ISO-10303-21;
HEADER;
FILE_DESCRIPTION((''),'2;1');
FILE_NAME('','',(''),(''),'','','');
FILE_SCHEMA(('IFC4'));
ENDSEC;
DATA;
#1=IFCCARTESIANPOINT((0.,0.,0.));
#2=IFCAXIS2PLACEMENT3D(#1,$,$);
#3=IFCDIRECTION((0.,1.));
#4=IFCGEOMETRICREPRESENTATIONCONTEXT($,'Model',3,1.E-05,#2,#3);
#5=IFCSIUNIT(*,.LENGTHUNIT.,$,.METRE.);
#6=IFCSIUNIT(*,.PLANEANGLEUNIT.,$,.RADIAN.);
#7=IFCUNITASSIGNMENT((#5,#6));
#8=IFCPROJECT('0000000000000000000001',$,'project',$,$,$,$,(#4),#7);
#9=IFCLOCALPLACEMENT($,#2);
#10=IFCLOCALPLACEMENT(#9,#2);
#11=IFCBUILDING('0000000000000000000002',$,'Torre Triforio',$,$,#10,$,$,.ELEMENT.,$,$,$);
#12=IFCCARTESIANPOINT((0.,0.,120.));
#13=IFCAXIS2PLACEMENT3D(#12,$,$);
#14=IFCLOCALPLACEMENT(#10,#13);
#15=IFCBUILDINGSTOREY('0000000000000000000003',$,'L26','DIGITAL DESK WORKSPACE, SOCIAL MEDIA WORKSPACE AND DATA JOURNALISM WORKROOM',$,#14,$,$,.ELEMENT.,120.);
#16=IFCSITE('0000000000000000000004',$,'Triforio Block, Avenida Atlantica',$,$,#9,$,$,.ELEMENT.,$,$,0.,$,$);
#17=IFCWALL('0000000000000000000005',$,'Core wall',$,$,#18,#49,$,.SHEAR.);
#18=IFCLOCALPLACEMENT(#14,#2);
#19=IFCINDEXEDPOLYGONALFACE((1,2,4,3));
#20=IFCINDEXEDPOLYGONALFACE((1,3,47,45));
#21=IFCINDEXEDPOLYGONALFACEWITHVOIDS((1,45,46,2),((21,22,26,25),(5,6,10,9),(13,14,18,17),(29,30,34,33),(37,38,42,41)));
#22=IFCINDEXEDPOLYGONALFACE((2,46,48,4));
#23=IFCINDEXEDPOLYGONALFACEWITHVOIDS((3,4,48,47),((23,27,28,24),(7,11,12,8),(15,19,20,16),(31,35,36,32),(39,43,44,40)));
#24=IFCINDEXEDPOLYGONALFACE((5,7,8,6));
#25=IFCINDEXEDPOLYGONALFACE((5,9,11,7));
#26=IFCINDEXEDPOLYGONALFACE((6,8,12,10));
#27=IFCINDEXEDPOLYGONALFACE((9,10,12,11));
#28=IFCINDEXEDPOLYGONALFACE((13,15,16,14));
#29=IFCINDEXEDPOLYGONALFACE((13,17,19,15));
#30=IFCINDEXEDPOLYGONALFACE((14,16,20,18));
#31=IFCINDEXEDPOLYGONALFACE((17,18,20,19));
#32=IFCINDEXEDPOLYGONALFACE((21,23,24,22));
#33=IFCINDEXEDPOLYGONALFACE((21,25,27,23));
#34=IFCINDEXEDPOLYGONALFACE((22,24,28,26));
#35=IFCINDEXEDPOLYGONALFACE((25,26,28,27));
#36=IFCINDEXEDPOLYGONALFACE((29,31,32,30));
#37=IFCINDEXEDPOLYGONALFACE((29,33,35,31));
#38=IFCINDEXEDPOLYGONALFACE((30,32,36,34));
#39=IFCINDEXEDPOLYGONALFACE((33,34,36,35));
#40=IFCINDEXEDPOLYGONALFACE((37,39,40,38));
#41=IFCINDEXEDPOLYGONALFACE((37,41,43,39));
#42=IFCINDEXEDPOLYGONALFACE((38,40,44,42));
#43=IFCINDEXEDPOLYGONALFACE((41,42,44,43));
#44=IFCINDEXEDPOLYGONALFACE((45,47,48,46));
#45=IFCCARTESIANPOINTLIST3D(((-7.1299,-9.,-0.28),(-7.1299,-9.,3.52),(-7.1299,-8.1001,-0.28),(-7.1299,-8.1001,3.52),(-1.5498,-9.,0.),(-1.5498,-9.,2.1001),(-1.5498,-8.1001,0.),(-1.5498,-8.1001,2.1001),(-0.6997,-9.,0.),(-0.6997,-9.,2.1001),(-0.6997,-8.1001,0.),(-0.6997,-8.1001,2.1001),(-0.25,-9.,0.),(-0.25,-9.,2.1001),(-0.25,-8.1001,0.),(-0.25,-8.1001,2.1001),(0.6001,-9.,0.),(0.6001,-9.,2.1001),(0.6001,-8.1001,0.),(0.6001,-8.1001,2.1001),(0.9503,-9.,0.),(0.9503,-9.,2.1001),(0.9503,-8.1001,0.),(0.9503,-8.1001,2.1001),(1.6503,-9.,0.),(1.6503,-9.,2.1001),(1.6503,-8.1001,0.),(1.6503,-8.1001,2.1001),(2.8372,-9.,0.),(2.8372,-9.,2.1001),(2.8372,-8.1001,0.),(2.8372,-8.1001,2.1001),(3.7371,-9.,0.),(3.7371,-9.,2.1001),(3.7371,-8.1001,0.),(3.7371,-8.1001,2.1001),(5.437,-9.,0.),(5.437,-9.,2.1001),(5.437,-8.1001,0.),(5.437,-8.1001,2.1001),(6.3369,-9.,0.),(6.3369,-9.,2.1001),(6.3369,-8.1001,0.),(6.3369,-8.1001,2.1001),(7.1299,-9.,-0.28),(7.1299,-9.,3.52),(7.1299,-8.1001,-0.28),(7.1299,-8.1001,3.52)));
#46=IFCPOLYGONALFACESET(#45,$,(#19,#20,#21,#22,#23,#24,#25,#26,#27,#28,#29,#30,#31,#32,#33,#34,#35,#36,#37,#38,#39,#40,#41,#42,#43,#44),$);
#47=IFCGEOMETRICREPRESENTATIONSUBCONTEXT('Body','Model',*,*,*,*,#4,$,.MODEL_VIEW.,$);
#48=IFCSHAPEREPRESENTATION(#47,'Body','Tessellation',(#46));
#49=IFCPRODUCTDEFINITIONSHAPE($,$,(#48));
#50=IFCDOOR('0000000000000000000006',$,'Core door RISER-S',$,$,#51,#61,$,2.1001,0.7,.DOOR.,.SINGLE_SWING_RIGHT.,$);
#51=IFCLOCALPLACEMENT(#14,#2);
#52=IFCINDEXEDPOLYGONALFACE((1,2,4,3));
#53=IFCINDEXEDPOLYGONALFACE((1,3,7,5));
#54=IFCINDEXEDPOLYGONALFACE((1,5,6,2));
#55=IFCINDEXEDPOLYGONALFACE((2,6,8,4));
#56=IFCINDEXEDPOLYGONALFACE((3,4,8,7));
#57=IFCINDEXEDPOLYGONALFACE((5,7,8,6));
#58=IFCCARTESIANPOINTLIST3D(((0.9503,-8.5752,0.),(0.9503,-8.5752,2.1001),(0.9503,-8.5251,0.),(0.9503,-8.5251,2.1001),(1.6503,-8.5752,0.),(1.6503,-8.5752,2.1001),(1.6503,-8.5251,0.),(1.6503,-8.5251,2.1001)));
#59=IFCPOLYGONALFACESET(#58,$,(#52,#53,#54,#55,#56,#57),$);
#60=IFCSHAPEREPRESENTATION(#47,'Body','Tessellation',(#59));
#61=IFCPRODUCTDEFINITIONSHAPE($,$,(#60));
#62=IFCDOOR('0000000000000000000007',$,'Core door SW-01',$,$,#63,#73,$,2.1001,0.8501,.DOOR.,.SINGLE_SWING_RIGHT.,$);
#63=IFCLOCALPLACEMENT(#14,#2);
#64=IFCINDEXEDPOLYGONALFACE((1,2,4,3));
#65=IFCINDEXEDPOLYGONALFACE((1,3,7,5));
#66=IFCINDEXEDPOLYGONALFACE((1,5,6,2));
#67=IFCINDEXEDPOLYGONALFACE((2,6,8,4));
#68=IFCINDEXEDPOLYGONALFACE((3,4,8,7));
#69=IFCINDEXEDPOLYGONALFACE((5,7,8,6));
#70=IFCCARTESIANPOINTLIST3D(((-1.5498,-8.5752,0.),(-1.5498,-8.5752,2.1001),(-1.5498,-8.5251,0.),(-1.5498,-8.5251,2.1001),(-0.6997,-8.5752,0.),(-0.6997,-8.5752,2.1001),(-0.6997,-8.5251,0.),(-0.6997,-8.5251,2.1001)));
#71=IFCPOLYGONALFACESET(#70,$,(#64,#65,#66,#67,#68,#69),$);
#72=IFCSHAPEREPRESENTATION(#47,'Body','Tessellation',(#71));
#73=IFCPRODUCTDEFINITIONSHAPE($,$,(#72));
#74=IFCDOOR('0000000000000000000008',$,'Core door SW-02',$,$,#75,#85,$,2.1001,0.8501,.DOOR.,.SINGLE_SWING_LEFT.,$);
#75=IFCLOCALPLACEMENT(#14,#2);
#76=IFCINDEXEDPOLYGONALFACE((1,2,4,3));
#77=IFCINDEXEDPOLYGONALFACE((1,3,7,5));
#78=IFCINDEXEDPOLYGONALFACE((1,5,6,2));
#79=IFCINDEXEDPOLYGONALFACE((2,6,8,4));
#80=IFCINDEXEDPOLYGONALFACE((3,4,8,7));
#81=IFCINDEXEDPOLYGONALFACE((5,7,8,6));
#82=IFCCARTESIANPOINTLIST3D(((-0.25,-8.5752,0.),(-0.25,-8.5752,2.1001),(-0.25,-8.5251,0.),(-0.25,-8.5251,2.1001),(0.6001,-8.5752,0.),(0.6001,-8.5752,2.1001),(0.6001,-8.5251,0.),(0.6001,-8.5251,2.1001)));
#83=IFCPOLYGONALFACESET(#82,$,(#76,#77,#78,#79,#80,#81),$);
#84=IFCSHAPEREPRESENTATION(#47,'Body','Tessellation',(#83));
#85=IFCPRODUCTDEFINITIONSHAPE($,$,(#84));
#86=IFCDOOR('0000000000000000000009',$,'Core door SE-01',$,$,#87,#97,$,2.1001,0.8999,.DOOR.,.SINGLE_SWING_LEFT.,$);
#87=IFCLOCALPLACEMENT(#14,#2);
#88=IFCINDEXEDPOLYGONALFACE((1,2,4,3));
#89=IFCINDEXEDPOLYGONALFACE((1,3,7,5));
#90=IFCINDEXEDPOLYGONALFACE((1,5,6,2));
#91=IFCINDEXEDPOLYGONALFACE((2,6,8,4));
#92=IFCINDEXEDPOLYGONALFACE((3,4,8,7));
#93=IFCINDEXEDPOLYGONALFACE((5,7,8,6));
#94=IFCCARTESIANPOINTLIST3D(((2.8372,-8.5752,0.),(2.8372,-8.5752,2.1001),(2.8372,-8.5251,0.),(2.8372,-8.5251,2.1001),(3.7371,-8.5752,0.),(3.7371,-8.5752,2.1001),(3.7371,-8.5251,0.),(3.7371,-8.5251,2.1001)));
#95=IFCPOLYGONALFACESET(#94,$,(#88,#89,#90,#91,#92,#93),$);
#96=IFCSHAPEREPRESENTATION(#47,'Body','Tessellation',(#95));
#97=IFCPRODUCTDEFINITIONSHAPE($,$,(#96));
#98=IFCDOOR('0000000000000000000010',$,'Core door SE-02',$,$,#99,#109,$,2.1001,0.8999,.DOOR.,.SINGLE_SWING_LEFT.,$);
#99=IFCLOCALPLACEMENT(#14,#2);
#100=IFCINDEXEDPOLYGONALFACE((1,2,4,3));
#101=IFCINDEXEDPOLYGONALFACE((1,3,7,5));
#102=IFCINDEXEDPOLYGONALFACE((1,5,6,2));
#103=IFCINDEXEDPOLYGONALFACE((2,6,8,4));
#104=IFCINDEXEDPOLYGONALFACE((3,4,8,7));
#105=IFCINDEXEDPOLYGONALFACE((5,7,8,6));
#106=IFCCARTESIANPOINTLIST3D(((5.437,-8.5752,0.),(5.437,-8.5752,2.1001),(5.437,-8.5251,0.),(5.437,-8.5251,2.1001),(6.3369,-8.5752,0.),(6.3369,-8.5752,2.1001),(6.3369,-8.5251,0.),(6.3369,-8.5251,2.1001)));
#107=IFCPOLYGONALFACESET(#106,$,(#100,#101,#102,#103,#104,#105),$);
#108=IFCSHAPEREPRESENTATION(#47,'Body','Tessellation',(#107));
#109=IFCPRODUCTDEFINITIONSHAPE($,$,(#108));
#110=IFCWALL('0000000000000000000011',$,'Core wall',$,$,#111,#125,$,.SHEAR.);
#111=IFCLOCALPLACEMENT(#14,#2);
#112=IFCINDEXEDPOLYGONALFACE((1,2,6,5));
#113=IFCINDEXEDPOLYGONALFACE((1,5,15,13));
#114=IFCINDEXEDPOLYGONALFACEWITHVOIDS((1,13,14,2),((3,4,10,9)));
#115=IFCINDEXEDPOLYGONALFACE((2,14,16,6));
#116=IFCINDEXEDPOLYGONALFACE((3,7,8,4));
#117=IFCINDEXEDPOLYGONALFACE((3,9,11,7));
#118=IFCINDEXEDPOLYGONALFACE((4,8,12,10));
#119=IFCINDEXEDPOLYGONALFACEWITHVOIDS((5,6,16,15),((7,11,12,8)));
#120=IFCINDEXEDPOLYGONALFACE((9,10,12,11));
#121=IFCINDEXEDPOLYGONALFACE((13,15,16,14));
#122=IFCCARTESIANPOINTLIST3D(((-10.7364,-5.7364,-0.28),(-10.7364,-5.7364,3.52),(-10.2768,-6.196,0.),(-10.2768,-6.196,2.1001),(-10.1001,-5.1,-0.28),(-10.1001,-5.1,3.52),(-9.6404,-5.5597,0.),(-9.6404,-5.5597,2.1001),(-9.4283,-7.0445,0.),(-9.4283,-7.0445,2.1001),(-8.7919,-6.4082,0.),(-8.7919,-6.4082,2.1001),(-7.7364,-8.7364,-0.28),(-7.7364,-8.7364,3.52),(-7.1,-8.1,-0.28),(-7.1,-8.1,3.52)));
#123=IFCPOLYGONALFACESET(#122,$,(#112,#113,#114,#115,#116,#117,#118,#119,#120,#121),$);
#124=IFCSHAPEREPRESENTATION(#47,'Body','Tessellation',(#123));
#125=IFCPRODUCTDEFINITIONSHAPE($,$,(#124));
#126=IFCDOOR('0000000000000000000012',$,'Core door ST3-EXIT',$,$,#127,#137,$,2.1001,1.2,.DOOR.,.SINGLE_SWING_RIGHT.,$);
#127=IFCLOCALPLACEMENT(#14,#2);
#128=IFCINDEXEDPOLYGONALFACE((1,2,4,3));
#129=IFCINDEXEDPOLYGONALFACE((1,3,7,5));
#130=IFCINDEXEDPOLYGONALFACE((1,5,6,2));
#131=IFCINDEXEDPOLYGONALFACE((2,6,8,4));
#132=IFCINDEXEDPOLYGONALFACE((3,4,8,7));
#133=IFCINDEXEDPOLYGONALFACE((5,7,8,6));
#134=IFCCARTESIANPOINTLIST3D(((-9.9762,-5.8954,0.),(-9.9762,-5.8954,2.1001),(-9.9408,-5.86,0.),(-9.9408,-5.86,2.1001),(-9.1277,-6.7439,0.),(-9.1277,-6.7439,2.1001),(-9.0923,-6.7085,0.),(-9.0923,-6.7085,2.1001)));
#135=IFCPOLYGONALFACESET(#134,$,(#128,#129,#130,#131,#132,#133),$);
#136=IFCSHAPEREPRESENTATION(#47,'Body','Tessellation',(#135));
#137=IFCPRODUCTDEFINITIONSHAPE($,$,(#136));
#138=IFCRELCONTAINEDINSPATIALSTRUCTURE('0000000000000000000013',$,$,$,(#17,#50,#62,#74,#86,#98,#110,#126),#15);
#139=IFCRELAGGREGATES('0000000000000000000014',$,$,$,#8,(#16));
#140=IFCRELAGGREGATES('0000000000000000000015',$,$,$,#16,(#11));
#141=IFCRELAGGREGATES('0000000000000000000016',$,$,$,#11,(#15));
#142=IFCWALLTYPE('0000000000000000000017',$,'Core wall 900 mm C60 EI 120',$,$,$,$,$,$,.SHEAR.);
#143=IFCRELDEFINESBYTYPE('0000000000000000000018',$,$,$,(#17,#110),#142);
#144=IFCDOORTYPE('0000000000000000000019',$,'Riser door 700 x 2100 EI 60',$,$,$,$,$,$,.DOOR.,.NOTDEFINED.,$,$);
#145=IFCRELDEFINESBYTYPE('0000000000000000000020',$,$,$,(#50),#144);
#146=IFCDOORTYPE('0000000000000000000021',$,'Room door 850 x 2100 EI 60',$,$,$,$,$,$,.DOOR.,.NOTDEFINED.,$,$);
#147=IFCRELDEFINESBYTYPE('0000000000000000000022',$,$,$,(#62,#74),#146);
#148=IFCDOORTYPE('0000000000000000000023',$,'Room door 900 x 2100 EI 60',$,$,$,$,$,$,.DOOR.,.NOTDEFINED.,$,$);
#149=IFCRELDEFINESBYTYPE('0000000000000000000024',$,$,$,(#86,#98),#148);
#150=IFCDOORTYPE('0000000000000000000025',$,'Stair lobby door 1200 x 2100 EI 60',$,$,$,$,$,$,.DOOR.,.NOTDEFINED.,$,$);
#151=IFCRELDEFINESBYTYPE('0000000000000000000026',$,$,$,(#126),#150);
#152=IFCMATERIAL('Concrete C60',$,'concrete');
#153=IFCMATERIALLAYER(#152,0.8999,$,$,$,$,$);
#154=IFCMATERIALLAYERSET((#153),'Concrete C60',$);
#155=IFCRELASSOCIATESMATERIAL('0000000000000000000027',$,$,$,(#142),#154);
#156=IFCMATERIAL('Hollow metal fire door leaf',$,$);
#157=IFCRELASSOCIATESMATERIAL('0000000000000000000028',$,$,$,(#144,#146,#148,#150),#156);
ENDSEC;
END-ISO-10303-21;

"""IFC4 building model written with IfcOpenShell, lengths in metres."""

from ifc_helpers import new_model, si_unit, direction, frame, frame_2d, origin, place, context, subcontext, project, spatial, rectangle, extrude, material, layer, layer_set, type_object, element, fill, save


model = new_model("IFC4")

# Units and contexts
model_context = context("Model", 3, precision=1e-05, world=origin(), true_north=direction((0.0, 1.0)))
body_context = subcontext(model_context, "Body", "Model", "MODEL_VIEW")
ifc_project = project(units=[si_unit("LENGTHUNIT", "METRE"), si_unit("PLANEANGLEUNIT", "RADIAN")], contexts=[model_context])

# Site, building, storey
site_placement = place(None, origin())
site = spatial("IfcSite", under=ifc_project, at=site_placement, Name="Triforio Block, Avenida Atlantica", CompositionType="ELEMENT", RefElevation=0.0)
building_placement = place(site_placement, origin())
building = spatial("IfcBuilding", under=site, at=building_placement, Name="Torre Triforio", CompositionType="ELEMENT")
storey_placement = place(building_placement, frame((0.0, 0.0, 120.0)))
storey = spatial("IfcBuildingStorey", under=building, at=storey_placement, Name="L26", Description="DIGITAL DESK WORKSPACE, SOCIAL MEDIA WORKSPACE AND DATA JOURNALISM WORKROOM", CompositionType="ELEMENT", Elevation=120.0)

# Shared definitions
ifc_material_1 = material(Name="Concrete C60", Category="concrete")

# Wall, openings, doors
ifc_layer_1 = layer(ifc_material_1, 0.8999)
ifc_layer_set_1 = layer_set([ifc_layer_1], Name="Concrete C60")
wall_type_1 = type_object("IfcWallType", Name="Core wall 900 mm C60 EI 120", PredefinedType="SHEAR", material=ifc_layer_set_1)
wall_1_placement = place(storey_placement, frame((-7.1299, -8.55, -0.28), z_axis=(0.0, 0.0, 1.0), x_axis=(1.0, 0.0, 0.0)))
wall_1 = element("IfcWall", 1, at=wall_1_placement, inside=storey, type_object=wall_type_1, Name="Core wall", PredefinedType="SHEAR", context=body_context, shape_type="SweptSolid", body=[
    extrude(rectangle(XDim=14.2598, YDim=0.8999, at=frame_2d((7.1299, 0.0))), origin(), (0.0, 0.0, 1.0), 3.8),
])
opening_1_placement = place(wall_1_placement, frame((8.0801, 0.0, 0.28)))
opening_1 = element("IfcOpeningElement", 2, at=opening_1_placement, cuts=wall_1, PredefinedType="OPENING", context=body_context, shape_type="SweptSolid", body=[
    extrude(rectangle(XDim=0.7, YDim=2.1001, at=frame_2d((0.3501, 1.05))), frame((0.0, 0.46, 0.0), z_axis=(0.0, -1.0, 0.0), x_axis=(1.0, 0.0, 0.0)), (0.0, 0.0, 1.0), 0.9199),
])
opening_2_placement = place(wall_1_placement, frame((5.5801, 0.0, 0.28)))
opening_2 = element("IfcOpeningElement", 3, at=opening_2_placement, cuts=wall_1, PredefinedType="OPENING", context=body_context, shape_type="SweptSolid", body=[
    extrude(rectangle(XDim=0.8501, YDim=2.1001, at=frame_2d((0.425, 1.05))), frame((0.0, 0.46, 0.0), z_axis=(0.0, -1.0, 0.0), x_axis=(1.0, 0.0, 0.0)), (0.0, 0.0, 1.0), 0.9199),
])
opening_3_placement = place(wall_1_placement, frame((6.8799, 0.0, 0.28)))
opening_3 = element("IfcOpeningElement", 4, at=opening_3_placement, cuts=wall_1, PredefinedType="OPENING", context=body_context, shape_type="SweptSolid", body=[
    extrude(rectangle(XDim=0.8501, YDim=2.1001, at=frame_2d((0.425, 1.05))), frame((0.0, 0.46, 0.0), z_axis=(0.0, -1.0, 0.0), x_axis=(1.0, 0.0, 0.0)), (0.0, 0.0, 1.0), 0.9199),
])
opening_4_placement = place(wall_1_placement, frame((9.967, 0.0, 0.28)))
opening_4 = element("IfcOpeningElement", 5, at=opening_4_placement, cuts=wall_1, PredefinedType="OPENING", context=body_context, shape_type="SweptSolid", body=[
    extrude(rectangle(XDim=0.8999, YDim=2.1001, at=frame_2d((0.45, 1.05))), frame((0.0, 0.46, 0.0), z_axis=(0.0, -1.0, 0.0), x_axis=(1.0, 0.0, 0.0)), (0.0, 0.0, 1.0), 0.9199),
])
opening_5_placement = place(wall_1_placement, frame((12.5669, 0.0, 0.28)))
opening_5 = element("IfcOpeningElement", 6, at=opening_5_placement, cuts=wall_1, PredefinedType="OPENING", context=body_context, shape_type="SweptSolid", body=[
    extrude(rectangle(XDim=0.8999, YDim=2.1001, at=frame_2d((0.45, 1.05))), frame((0.0, 0.46, 0.0), z_axis=(0.0, -1.0, 0.0), x_axis=(1.0, 0.0, 0.0)), (0.0, 0.0, 1.0), 0.9199),
])
ifc_material_2 = material(Name="Hollow metal fire door leaf")
door_type_1 = type_object("IfcDoorType", Name="Riser door 700 x 2100 EI 60", OperationType="NOTDEFINED", PredefinedType="DOOR", material=ifc_material_2)
door_1_placement = place(opening_1_placement, origin())
door_1 = element("IfcDoor", 7, at=door_1_placement, inside=storey, type_object=door_type_1, Name="Core door RISER-S", OperationType="SINGLE_SWING_RIGHT", OverallHeight=2.1001, OverallWidth=0.7, PredefinedType="DOOR", context=body_context, shape_type="SweptSolid", body=[
    extrude(rectangle(XDim=0.7, YDim=2.1001, at=frame_2d((0.3501, 1.05))), frame((0.0, 0.0249, 0.0), z_axis=(0.0, -1.0, 0.0), x_axis=(1.0, 0.0, 0.0)), (0.0, 0.0, 1.0), 0.05),
])
fill(opening_1, door_1)
door_type_2 = type_object("IfcDoorType", Name="Room door 850 x 2100 EI 60", OperationType="NOTDEFINED", PredefinedType="DOOR", material=ifc_material_2)
door_2_placement = place(opening_2_placement, origin())
door_2 = element("IfcDoor", 8, at=door_2_placement, inside=storey, type_object=door_type_2, Name="Core door SW-01", OperationType="SINGLE_SWING_RIGHT", OverallHeight=2.1001, OverallWidth=0.8501, PredefinedType="DOOR", context=body_context, shape_type="SweptSolid", body=[
    extrude(rectangle(XDim=0.8501, YDim=2.1001, at=frame_2d((0.425, 1.05))), frame((0.0, 0.0249, 0.0), z_axis=(0.0, -1.0, 0.0), x_axis=(1.0, 0.0, 0.0)), (0.0, 0.0, 1.0), 0.05),
])
fill(opening_2, door_2)
door_3_placement = place(opening_3_placement, origin())
door_3 = element("IfcDoor", 9, at=door_3_placement, inside=storey, type_object=door_type_2, Name="Core door SW-02", OperationType="SINGLE_SWING_LEFT", OverallHeight=2.1001, OverallWidth=0.8501, PredefinedType="DOOR", context=body_context, shape_type="SweptSolid", body=[
    extrude(rectangle(XDim=0.8501, YDim=2.1001, at=frame_2d((0.425, 1.05))), frame((0.0, 0.0249, 0.0), z_axis=(0.0, -1.0, 0.0), x_axis=(1.0, 0.0, 0.0)), (0.0, 0.0, 1.0), 0.05),
])
fill(opening_3, door_3)
door_type_3 = type_object("IfcDoorType", Name="Room door 900 x 2100 EI 60", OperationType="NOTDEFINED", PredefinedType="DOOR", material=ifc_material_2)
door_4_placement = place(opening_4_placement, origin())
door_4 = element("IfcDoor", 10, at=door_4_placement, inside=storey, type_object=door_type_3, Name="Core door SE-01", OperationType="SINGLE_SWING_LEFT", OverallHeight=2.1001, OverallWidth=0.8999, PredefinedType="DOOR", context=body_context, shape_type="SweptSolid", body=[
    extrude(rectangle(XDim=0.8999, YDim=2.1001, at=frame_2d((0.45, 1.05))), frame((0.0, 0.0249, 0.0), z_axis=(0.0, -1.0, 0.0), x_axis=(1.0, 0.0, 0.0)), (0.0, 0.0, 1.0), 0.05),
])
fill(opening_4, door_4)
door_5_placement = place(opening_5_placement, origin())
door_5 = element("IfcDoor", 11, at=door_5_placement, inside=storey, type_object=door_type_3, Name="Core door SE-02", OperationType="SINGLE_SWING_LEFT", OverallHeight=2.1001, OverallWidth=0.8999, PredefinedType="DOOR", context=body_context, shape_type="SweptSolid", body=[
    extrude(rectangle(XDim=0.8999, YDim=2.1001, at=frame_2d((0.45, 1.05))), frame((0.0, 0.0249, 0.0), z_axis=(0.0, -1.0, 0.0), x_axis=(1.0, 0.0, 0.0)), (0.0, 0.0, 1.0), 0.05),
])
fill(opening_5, door_5)

# Wall, opening, door
wall_2_placement = place(storey_placement, frame((-7.4182, -8.4182, -0.28), z_axis=(0.0, 0.0, 1.0), x_axis=(-0.707107, 0.707107, 0.0)))
wall_2 = element("IfcWall", 12, at=wall_2_placement, inside=storey, type_object=wall_type_1, Name="Core wall", PredefinedType="SHEAR", context=body_context, shape_type="SweptSolid", body=[
    extrude(rectangle(XDim=4.2427, YDim=0.8999, at=frame_2d((2.1213, 0.0))), origin(), (0.0, 0.0, 1.0), 3.8),
])
opening_6_placement = place(wall_2_placement, frame((2.3926, 0.0, 0.28)))
opening_6 = element("IfcOpeningElement", 13, at=opening_6_placement, cuts=wall_2, PredefinedType="OPENING", context=body_context, shape_type="SweptSolid", body=[
    extrude(rectangle(XDim=1.2, YDim=2.1001, at=frame_2d((0.6001, 1.05))), frame((0.0, 0.46, 0.0), z_axis=(0.0, -1.0, 0.0), x_axis=(1.0, 0.0, 0.0)), (0.0, 0.0, 1.0), 0.9199),
])
door_type_4 = type_object("IfcDoorType", Name="Stair lobby door 1200 x 2100 EI 60", OperationType="NOTDEFINED", PredefinedType="DOOR", material=ifc_material_2)
door_6_placement = place(opening_6_placement, origin())
door_6 = element("IfcDoor", 14, at=door_6_placement, inside=storey, type_object=door_type_4, Name="Core door ST3-EXIT", OperationType="SINGLE_SWING_RIGHT", OverallHeight=2.1001, OverallWidth=1.2, PredefinedType="DOOR", context=body_context, shape_type="SweptSolid", body=[
    extrude(rectangle(XDim=1.2, YDim=2.1001, at=frame_2d((0.6001, 1.05))), frame((0.0, 0.0249, 0.0), z_axis=(0.0, -1.0, 0.0), x_axis=(1.0, 0.0, 0.0)), (0.0, 0.0, 1.0), 0.05),
])
fill(opening_6, door_6)

save(model, "model.ifc")
